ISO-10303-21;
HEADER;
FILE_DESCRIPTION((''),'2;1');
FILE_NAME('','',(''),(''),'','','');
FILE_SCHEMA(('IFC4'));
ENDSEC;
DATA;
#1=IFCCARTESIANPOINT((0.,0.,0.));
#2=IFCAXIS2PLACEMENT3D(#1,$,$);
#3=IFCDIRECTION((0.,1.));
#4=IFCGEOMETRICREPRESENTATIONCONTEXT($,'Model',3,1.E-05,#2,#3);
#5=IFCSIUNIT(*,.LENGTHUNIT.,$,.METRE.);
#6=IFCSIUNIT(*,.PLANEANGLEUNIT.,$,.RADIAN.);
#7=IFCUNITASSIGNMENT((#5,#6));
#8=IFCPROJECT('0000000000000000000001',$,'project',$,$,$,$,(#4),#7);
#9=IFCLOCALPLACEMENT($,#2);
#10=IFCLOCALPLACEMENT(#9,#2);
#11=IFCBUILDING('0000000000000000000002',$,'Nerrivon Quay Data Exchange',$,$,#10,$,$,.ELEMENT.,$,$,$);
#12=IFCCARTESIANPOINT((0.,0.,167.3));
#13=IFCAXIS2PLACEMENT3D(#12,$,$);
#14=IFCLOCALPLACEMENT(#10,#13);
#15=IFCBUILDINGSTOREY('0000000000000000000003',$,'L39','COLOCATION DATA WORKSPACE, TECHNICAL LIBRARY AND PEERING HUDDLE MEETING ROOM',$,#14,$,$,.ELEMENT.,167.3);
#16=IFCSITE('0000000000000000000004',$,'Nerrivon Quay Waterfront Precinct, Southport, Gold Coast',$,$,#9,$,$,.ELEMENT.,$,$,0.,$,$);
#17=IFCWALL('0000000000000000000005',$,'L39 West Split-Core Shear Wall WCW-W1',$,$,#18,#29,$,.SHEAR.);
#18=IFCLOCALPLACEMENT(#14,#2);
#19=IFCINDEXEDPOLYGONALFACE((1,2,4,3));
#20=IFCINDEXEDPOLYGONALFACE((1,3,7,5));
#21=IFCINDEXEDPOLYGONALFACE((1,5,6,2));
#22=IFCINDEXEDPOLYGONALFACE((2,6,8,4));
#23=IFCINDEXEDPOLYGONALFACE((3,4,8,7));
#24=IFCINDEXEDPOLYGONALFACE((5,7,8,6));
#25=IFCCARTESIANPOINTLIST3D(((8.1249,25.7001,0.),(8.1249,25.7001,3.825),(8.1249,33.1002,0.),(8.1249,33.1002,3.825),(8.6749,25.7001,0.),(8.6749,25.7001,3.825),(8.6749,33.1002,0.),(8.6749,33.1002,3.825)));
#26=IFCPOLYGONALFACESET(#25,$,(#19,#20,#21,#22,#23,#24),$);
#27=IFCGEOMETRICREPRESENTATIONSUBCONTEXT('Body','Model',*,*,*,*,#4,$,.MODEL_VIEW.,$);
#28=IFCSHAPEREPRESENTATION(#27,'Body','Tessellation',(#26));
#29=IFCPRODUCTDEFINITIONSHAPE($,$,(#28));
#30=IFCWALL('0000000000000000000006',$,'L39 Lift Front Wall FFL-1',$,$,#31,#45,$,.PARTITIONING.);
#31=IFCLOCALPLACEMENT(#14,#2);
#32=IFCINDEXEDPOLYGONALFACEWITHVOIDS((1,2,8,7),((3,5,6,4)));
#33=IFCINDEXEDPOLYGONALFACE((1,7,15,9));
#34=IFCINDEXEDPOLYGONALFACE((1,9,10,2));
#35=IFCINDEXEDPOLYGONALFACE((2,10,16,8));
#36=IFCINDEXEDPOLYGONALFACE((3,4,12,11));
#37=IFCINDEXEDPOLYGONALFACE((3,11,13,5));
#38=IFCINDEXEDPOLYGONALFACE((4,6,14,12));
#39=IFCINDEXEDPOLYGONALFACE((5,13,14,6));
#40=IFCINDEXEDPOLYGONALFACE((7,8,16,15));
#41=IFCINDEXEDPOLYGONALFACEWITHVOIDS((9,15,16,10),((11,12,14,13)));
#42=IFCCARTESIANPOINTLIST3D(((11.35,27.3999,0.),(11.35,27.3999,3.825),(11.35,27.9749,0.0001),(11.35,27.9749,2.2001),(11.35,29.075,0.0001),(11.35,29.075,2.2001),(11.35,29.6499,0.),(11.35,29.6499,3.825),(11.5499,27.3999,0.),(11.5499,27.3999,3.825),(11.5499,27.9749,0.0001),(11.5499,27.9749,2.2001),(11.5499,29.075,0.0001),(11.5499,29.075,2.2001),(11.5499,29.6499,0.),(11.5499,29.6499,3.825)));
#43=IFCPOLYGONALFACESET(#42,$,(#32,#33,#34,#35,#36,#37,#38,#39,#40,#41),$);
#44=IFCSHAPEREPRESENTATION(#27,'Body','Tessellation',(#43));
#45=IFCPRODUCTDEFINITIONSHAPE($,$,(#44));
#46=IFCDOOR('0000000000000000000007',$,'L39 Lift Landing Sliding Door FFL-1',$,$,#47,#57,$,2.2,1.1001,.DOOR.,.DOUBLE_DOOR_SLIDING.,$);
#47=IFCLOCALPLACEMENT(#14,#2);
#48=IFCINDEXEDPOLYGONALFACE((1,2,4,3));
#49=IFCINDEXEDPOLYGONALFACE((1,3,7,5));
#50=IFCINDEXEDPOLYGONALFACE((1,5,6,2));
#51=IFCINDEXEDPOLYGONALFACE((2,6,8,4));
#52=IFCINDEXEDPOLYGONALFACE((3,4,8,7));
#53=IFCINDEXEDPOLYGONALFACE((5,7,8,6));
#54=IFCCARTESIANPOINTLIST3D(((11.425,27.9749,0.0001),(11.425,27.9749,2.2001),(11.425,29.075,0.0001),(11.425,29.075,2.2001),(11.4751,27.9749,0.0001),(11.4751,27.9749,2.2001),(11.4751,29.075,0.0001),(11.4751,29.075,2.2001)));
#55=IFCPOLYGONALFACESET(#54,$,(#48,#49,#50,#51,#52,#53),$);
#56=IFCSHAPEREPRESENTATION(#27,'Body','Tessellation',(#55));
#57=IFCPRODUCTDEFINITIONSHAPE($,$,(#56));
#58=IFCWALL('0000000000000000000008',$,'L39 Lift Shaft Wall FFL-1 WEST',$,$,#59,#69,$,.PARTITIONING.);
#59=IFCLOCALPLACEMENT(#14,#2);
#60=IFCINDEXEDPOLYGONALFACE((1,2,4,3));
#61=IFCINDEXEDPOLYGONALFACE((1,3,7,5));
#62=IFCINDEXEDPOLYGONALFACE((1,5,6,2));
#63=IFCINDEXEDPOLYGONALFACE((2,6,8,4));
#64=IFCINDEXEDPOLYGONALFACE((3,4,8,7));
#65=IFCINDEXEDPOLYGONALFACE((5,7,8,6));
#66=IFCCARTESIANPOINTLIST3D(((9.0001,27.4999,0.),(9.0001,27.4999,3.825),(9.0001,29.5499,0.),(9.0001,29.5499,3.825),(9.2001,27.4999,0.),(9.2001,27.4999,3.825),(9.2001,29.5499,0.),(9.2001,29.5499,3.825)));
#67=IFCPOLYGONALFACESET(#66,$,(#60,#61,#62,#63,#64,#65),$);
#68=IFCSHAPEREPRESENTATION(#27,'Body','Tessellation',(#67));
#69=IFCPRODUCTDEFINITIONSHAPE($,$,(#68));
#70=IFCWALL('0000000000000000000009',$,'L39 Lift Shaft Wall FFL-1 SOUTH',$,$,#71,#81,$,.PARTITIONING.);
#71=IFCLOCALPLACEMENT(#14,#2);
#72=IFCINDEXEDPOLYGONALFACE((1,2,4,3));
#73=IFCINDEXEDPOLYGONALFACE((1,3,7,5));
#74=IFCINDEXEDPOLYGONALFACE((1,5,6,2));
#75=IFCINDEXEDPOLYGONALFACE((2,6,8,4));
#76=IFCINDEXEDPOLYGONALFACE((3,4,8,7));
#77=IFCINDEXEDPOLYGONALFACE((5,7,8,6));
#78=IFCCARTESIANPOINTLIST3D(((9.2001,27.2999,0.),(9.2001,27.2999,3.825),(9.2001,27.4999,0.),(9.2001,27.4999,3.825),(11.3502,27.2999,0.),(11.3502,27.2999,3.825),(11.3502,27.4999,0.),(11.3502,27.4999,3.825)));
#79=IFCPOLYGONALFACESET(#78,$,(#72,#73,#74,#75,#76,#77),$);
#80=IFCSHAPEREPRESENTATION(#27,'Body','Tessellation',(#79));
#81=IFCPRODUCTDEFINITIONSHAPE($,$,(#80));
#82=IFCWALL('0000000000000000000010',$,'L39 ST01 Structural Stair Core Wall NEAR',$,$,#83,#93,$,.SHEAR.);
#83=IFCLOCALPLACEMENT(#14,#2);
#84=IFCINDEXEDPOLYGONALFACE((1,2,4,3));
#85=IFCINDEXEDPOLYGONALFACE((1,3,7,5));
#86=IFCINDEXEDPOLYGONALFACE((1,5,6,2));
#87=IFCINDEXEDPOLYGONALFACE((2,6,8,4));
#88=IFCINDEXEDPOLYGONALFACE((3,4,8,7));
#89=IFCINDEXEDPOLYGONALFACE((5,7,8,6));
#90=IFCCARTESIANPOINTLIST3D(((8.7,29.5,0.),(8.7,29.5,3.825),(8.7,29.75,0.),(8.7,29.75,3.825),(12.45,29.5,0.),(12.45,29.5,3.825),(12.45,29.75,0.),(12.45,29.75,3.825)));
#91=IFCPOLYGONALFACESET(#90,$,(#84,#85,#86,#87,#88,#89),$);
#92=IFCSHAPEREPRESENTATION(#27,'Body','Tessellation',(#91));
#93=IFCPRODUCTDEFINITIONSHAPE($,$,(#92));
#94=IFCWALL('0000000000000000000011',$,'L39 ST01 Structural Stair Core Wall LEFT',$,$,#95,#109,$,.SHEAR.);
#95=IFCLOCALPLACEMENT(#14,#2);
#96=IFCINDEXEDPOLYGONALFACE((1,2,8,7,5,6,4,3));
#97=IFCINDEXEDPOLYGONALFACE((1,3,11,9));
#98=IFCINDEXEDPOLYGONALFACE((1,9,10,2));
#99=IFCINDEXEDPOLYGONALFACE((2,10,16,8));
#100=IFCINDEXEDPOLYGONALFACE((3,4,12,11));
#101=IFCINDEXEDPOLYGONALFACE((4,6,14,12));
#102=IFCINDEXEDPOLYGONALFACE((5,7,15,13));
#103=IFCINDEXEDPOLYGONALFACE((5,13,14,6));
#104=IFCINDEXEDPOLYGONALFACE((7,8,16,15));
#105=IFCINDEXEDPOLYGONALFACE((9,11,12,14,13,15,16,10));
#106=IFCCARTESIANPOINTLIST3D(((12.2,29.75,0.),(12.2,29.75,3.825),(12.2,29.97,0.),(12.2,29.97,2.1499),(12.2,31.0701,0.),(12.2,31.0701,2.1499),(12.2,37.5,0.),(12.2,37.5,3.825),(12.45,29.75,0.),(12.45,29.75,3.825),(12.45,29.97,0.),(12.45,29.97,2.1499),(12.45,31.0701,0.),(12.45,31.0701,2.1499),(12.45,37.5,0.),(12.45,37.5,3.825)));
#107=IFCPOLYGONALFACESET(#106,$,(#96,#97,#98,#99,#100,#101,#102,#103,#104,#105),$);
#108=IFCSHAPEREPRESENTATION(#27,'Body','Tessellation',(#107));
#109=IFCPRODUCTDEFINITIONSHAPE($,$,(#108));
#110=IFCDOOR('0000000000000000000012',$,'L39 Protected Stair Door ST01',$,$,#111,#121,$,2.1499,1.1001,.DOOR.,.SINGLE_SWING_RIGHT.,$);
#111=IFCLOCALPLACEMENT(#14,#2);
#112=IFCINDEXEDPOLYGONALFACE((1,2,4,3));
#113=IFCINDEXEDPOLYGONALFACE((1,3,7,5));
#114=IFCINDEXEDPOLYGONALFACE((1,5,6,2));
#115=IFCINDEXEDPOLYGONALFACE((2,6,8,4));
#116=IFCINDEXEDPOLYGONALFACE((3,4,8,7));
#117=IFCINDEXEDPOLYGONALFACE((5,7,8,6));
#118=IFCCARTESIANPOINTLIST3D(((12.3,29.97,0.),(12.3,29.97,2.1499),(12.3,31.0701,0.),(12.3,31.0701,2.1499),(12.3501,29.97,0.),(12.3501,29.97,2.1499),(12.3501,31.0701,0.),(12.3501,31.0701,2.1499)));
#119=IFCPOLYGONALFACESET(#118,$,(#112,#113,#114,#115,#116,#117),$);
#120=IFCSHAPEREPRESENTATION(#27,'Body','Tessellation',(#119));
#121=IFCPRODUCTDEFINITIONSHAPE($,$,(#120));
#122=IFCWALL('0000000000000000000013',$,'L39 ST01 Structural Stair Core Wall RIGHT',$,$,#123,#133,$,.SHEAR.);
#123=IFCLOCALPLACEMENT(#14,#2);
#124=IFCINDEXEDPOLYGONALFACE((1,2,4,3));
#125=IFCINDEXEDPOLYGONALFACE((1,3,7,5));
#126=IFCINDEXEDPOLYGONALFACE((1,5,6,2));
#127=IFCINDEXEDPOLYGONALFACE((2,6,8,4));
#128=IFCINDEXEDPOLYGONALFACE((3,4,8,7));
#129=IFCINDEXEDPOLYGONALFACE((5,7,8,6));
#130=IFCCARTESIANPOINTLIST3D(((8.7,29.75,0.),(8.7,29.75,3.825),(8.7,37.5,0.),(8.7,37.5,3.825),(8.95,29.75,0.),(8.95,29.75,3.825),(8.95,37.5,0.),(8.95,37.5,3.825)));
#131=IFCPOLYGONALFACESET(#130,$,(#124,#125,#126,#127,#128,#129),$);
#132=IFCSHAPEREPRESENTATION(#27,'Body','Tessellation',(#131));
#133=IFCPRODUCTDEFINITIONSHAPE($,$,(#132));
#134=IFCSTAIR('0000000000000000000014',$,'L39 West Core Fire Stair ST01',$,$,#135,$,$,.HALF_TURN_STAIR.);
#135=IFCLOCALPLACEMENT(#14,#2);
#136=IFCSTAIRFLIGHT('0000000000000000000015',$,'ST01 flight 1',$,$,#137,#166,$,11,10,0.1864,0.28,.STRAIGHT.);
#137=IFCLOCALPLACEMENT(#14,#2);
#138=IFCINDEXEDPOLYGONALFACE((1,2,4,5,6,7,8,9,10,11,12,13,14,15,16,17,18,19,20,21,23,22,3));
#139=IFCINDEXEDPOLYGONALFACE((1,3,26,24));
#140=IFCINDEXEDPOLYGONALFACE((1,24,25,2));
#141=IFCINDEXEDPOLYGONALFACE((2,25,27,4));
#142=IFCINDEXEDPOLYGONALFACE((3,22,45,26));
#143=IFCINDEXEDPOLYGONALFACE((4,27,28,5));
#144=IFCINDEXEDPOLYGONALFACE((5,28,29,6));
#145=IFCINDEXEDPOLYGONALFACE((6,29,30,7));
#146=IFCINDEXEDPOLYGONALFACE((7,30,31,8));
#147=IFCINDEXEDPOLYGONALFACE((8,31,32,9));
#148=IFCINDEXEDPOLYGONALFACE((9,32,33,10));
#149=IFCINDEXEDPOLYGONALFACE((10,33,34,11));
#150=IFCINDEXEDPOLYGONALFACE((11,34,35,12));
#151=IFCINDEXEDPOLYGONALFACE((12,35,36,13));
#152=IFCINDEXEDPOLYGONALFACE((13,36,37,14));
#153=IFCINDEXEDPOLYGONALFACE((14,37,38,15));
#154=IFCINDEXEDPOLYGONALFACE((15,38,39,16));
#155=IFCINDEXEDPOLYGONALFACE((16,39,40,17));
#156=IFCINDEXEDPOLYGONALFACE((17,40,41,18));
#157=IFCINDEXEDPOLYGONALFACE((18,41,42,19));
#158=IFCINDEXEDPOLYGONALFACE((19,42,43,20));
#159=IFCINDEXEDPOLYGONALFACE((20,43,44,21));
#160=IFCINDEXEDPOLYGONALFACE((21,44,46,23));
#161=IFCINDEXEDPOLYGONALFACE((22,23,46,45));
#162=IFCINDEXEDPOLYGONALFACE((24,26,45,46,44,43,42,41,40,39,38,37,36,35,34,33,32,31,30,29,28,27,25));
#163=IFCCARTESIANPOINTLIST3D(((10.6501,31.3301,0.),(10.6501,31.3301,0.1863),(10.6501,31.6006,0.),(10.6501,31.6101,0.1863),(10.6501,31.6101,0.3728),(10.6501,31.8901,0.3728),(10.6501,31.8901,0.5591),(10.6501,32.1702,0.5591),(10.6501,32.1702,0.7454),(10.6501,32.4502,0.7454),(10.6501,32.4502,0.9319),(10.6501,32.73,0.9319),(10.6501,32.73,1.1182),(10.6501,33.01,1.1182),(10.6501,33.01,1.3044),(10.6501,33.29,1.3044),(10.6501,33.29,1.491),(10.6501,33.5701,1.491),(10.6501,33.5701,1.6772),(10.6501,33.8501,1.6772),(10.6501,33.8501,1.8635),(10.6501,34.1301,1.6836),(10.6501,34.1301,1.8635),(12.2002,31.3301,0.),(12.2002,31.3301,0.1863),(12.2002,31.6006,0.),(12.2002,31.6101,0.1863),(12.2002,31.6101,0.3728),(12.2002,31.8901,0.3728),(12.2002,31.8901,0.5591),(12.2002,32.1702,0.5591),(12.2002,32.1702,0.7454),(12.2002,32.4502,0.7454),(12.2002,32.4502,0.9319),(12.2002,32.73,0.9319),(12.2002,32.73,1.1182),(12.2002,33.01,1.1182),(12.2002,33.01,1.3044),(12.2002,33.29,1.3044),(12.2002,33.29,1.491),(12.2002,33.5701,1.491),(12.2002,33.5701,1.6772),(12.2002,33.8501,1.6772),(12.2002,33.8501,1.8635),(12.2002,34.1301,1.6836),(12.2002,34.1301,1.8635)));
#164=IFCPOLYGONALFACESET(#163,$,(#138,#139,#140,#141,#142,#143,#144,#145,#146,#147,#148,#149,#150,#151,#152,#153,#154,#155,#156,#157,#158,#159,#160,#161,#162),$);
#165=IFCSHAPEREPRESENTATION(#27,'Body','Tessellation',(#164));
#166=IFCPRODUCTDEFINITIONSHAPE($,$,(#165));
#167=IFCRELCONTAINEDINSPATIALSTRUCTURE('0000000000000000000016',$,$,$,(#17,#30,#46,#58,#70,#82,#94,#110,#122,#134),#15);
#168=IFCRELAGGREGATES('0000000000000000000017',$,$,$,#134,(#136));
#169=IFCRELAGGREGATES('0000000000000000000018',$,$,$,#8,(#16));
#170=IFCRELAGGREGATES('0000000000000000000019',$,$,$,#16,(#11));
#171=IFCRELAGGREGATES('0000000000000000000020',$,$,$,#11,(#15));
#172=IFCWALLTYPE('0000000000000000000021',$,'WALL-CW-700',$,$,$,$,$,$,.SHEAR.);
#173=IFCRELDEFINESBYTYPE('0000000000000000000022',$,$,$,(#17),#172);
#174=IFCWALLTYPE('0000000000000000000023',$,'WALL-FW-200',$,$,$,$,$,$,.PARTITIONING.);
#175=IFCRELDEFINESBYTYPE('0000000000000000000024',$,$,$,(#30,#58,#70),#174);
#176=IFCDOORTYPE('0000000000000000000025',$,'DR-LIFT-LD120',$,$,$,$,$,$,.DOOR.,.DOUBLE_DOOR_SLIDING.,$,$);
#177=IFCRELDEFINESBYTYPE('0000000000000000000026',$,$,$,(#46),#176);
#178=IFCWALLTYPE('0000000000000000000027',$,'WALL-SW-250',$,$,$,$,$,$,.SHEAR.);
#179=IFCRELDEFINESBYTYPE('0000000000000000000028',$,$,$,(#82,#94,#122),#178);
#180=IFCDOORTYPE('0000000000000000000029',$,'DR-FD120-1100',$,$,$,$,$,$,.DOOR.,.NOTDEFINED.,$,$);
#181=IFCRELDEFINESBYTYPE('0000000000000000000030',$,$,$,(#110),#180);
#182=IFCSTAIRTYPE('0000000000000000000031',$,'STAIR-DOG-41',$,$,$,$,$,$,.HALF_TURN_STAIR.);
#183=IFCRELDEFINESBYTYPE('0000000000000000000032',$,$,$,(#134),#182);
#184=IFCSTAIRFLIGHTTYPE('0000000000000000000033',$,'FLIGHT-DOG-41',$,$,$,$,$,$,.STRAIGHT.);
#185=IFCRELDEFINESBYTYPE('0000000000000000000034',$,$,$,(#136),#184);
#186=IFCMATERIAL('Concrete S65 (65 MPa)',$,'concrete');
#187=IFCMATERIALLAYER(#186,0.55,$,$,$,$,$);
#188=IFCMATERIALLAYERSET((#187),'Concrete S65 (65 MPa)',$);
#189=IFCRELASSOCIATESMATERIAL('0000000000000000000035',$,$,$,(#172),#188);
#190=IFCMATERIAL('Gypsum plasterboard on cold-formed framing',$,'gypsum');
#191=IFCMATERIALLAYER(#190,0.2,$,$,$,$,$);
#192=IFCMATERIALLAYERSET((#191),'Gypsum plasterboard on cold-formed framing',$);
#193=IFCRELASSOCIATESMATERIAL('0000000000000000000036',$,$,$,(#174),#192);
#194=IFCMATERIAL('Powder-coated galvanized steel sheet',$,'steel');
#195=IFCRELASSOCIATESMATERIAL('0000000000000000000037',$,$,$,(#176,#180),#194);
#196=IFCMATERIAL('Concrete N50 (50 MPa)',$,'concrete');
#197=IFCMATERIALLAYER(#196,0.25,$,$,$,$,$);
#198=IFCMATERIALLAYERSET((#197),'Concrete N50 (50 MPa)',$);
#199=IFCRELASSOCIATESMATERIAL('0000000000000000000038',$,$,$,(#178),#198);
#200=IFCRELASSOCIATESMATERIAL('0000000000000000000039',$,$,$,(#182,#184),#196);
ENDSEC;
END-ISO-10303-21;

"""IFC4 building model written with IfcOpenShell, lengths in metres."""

from ifc_helpers import new_model, si_unit, direction, frame, frame_2d, origin, place, context, subcontext, project, spatial, polyline, rectangle, outline, extrude, material, layer, layer_set, type_object, element, fill, aggregate, save


model = new_model("IFC4")

# Units and contexts
model_context = context("Model", 3, precision=1e-05, world=origin(), true_north=direction((0.0, 1.0)))
body_context = subcontext(model_context, "Body", "Model", "MODEL_VIEW")
ifc_project = project(units=[si_unit("LENGTHUNIT", "METRE"), si_unit("PLANEANGLEUNIT", "RADIAN")], contexts=[model_context])

# Site, building, storey
site_placement = place(None, origin())
site = spatial("IfcSite", under=ifc_project, at=site_placement, Name="Nerrivon Quay Waterfront Precinct, Southport, Gold Coast", CompositionType="ELEMENT", RefElevation=0.0)
building_placement = place(site_placement, origin())
building = spatial("IfcBuilding", under=site, at=building_placement, Name="Nerrivon Quay Data Exchange", CompositionType="ELEMENT")
storey_placement = place(building_placement, frame((0.0, 0.0, 167.3)))
storey = spatial("IfcBuildingStorey", under=building, at=storey_placement, Name="L39", Description="COLOCATION DATA WORKSPACE, TECHNICAL LIBRARY AND PEERING HUDDLE MEETING ROOM", CompositionType="ELEMENT", Elevation=167.3)

# Wall
ifc_material_1 = material(Name="Concrete S65 (65 MPa)", Category="concrete")
ifc_layer_1 = layer(ifc_material_1, 0.55)
ifc_layer_set_1 = layer_set([ifc_layer_1], Name="Concrete S65 (65 MPa)")
wall_type_1 = type_object("IfcWallType", Name="WALL-CW-700", PredefinedType="SHEAR", material=ifc_layer_set_1)
wall_1_placement = place(storey_placement, frame((8.3999, 25.7, 0.0), z_axis=(0.0, 0.0, 1.0), x_axis=(0.0, 1.0, 0.0)))
element("IfcWall", 1, at=wall_1_placement, inside=storey, type_object=wall_type_1, Name="L39 West Split-Core Shear Wall WCW-W1", PredefinedType="SHEAR", context=body_context, shape_type="SweptSolid", body=[
    extrude(rectangle(XDim=7.4001, YDim=0.55, at=frame_2d((3.7002, 0.0))), origin(), (0.0, 0.0, 1.0), 3.825),
])

# Wall, opening, door
ifc_material_2 = material(Name="Gypsum plasterboard on cold-formed framing", Category="gypsum")
ifc_layer_2 = layer(ifc_material_2, 0.2)
ifc_layer_set_2 = layer_set([ifc_layer_2], Name="Gypsum plasterboard on cold-formed framing")
wall_type_2 = type_object("IfcWallType", Name="WALL-FW-200", PredefinedType="PARTITIONING", material=ifc_layer_set_2)
wall_2_placement = place(storey_placement, frame((11.45, 27.3999, 0.0), z_axis=(0.0, 0.0, 1.0), x_axis=(0.0, 1.0, 0.0)))
wall_2 = element("IfcWall", 2, at=wall_2_placement, inside=storey, type_object=wall_type_2, Name="L39 Lift Front Wall FFL-1", PredefinedType="PARTITIONING", context=body_context, shape_type="SweptSolid", body=[
    extrude(rectangle(XDim=2.25, YDim=0.2, at=frame_2d((1.125, 0.0))), origin(), (0.0, 0.0, 1.0), 3.825),
])
opening_1_placement = place(wall_2_placement, frame((0.575, 0.0, 0.0)))
opening_1 = element("IfcOpeningElement", 3, at=opening_1_placement, cuts=wall_2, PredefinedType="OPENING", context=body_context, shape_type="SweptSolid", body=[
    extrude(rectangle(XDim=1.1001, YDim=2.2, at=frame_2d((0.55, 1.1001))), frame((0.0, 0.1099, 0.0), z_axis=(0.0, -1.0, 0.0), x_axis=(1.0, 0.0, 0.0)), (0.0, 0.0, 1.0), 0.22),
])
ifc_material_3 = material(Name="Powder-coated galvanized steel sheet", Category="steel")
door_type_1 = type_object("IfcDoorType", Name="DR-LIFT-LD120", OperationType="DOUBLE_DOOR_SLIDING", PredefinedType="DOOR", material=ifc_material_3)
door_1_placement = place(opening_1_placement, origin())
door_1 = element("IfcDoor", 4, at=door_1_placement, inside=storey, type_object=door_type_1, Name="L39 Lift Landing Sliding Door FFL-1", OperationType="DOUBLE_DOOR_SLIDING", OverallHeight=2.2, OverallWidth=1.1001, PredefinedType="DOOR", context=body_context, shape_type="SweptSolid", body=[
    extrude(rectangle(XDim=1.1001, YDim=2.2, at=frame_2d((0.55, 1.1001))), frame((0.0, 0.0249, 0.0), z_axis=(0.0, -1.0, 0.0), x_axis=(1.0, 0.0, 0.0)), (0.0, 0.0, 1.0), 0.05),
])
fill(opening_1, door_1)

# Walls
wall_3_placement = place(storey_placement, frame((9.1001, 27.5, 0.0), z_axis=(0.0, 0.0, 1.0), x_axis=(0.0, 1.0, 0.0)))
element("IfcWall", 5, at=wall_3_placement, inside=storey, type_object=wall_type_2, Name="L39 Lift Shaft Wall FFL-1 WEST", PredefinedType="PARTITIONING", context=body_context, shape_type="SweptSolid", body=[
    extrude(rectangle(XDim=2.05, YDim=0.2, at=frame_2d((1.0249, 0.0))), origin(), (0.0, 0.0, 1.0), 3.825),
])
wall_4_placement = place(storey_placement, frame((9.2, 27.3999, 0.0), z_axis=(0.0, 0.0, 1.0), x_axis=(1.0, 0.0, 0.0)))
element("IfcWall", 6, at=wall_4_placement, inside=storey, type_object=wall_type_2, Name="L39 Lift Shaft Wall FFL-1 SOUTH", PredefinedType="PARTITIONING", context=body_context, shape_type="SweptSolid", body=[
    extrude(rectangle(XDim=2.1501, YDim=0.2, at=frame_2d((1.0752, 0.0))), origin(), (0.0, 0.0, 1.0), 3.825),
])

# Wall
ifc_material_4 = material(Name="Concrete N50 (50 MPa)", Category="concrete")
ifc_layer_3 = layer(ifc_material_4, 0.25)
ifc_layer_set_3 = layer_set([ifc_layer_3], Name="Concrete N50 (50 MPa)")
wall_type_3 = type_object("IfcWallType", Name="WALL-SW-250", PredefinedType="SHEAR", material=ifc_layer_set_3)
wall_5_placement = place(storey_placement, frame((12.45, 29.625, 0.0), z_axis=(0.0, 0.0, 1.0), x_axis=(-1.0, 0.0, 0.0)))
element("IfcWall", 7, at=wall_5_placement, inside=storey, type_object=wall_type_3, Name="L39 ST01 Structural Stair Core Wall NEAR", PredefinedType="SHEAR", context=body_context, shape_type="SweptSolid", body=[
    extrude(rectangle(XDim=3.75, YDim=0.25, at=frame_2d((1.875, 0.0))), origin(), (0.0, 0.0, 1.0), 3.825),
])

# Wall, opening, door
wall_6_placement = place(storey_placement, frame((12.325, 29.75, 0.0), z_axis=(0.0, 0.0, 1.0), x_axis=(0.0, 1.0, 0.0)))
wall_6 = element("IfcWall", 8, at=wall_6_placement, inside=storey, type_object=wall_type_3, Name="L39 ST01 Structural Stair Core Wall LEFT", PredefinedType="SHEAR", context=body_context, shape_type="SweptSolid", body=[
    extrude(rectangle(XDim=7.75, YDim=0.25, at=frame_2d((3.875, 0.0))), origin(), (0.0, 0.0, 1.0), 3.825),
])
opening_2_placement = place(wall_6_placement, frame((0.22, 0.0, 0.0)))
opening_2 = element("IfcOpeningElement", 9, at=opening_2_placement, cuts=wall_6, PredefinedType="OPENING", context=body_context, shape_type="SweptSolid", body=[
    extrude(rectangle(XDim=1.1001, YDim=2.1499, at=frame_2d((0.55, 1.075))), frame((0.0, 0.135, 0.0), z_axis=(0.0, -1.0, 0.0), x_axis=(1.0, 0.0, 0.0)), (0.0, 0.0, 1.0), 0.27),
])
door_type_2 = type_object("IfcDoorType", Name="DR-FD120-1100", OperationType="NOTDEFINED", PredefinedType="DOOR", material=ifc_material_3)
door_2_placement = place(opening_2_placement, origin())
door_2 = element("IfcDoor", 10, at=door_2_placement, inside=storey, type_object=door_type_2, Name="L39 Protected Stair Door ST01", OperationType="SINGLE_SWING_RIGHT", OverallHeight=2.1499, OverallWidth=1.1001, PredefinedType="DOOR", context=body_context, shape_type="SweptSolid", body=[
    extrude(rectangle(XDim=1.1001, YDim=2.1499, at=frame_2d((0.55, 1.075))), frame((0.0, 0.0249, 0.0), z_axis=(0.0, -1.0, 0.0), x_axis=(1.0, 0.0, 0.0)), (0.0, 0.0, 1.0), 0.05),
])
fill(opening_2, door_2)

# Wall
wall_7_placement = place(storey_placement, frame((8.825, 29.75, 0.0), z_axis=(0.0, 0.0, 1.0), x_axis=(0.0, 1.0, 0.0)))
element("IfcWall", 11, at=wall_7_placement, inside=storey, type_object=wall_type_3, Name="L39 ST01 Structural Stair Core Wall RIGHT", PredefinedType="SHEAR", context=body_context, shape_type="SweptSolid", body=[
    extrude(rectangle(XDim=7.75, YDim=0.25, at=frame_2d((3.875, 0.0))), origin(), (0.0, 0.0, 1.0), 3.825),
])

# Stair, stair flight
stair_type = type_object("IfcStairType", Name="STAIR-DOG-41", PredefinedType="HALF_TURN_STAIR", material=ifc_material_4)
stair_placement = place(storey_placement, origin())
stair = element("IfcStair", 12, at=stair_placement, inside=storey, type_object=stair_type, Name="L39 West Core Fire Stair ST01", PredefinedType="HALF_TURN_STAIR")
stair_flight_type = type_object("IfcStairFlightType", Name="FLIGHT-DOG-41", PredefinedType="STRAIGHT", material=ifc_material_4)
stair_flight_placement = place(storey_placement, frame((11.425, 31.3301, 0.0), z_axis=(0.0, 0.0, 1.0), x_axis=(0.0, 1.0, 0.0)))
stair_flight = element("IfcStairFlight", 13, at=stair_flight_placement, type_object=stair_flight_type, Name="ST01 flight 1", NumberOfRisers=11, NumberOfTreads=10, PredefinedType="STRAIGHT", RiserHeight=0.1864, TreadLength=0.28, context=body_context, shape_type="SweptSolid", body=[
    extrude(outline(polyline([(0.0, 0.0), (0.0, 0.1863), (0.28, 0.1863), (0.28, 0.3728), (0.5601, 0.3728), (0.5601, 0.5591), (0.8401, 0.5591), (0.8401, 0.7454), (1.1201, 0.7454), (1.1201, 0.9319), (1.3999, 0.9319), (1.3999, 1.1182), (1.6799, 1.1182), (1.6799, 1.3044), (1.96, 1.3044), (1.96, 1.491), (2.24, 1.491), (2.24, 1.6772), (2.52, 1.6772), (2.52, 1.8635), (2.8, 1.8635), (2.8, 2.05), (2.8, 1.6836), (0.2705, 0.0), (0.0, 0.0)])), frame((0.0, 0.7749, 0.0), z_axis=(0.0, -1.0, 0.0), x_axis=(1.0, 0.0, 0.0)), (0.0, 0.0, 1.0), 1.55),
])
aggregate(stair, [stair_flight])

save(model, "model.ifc")
